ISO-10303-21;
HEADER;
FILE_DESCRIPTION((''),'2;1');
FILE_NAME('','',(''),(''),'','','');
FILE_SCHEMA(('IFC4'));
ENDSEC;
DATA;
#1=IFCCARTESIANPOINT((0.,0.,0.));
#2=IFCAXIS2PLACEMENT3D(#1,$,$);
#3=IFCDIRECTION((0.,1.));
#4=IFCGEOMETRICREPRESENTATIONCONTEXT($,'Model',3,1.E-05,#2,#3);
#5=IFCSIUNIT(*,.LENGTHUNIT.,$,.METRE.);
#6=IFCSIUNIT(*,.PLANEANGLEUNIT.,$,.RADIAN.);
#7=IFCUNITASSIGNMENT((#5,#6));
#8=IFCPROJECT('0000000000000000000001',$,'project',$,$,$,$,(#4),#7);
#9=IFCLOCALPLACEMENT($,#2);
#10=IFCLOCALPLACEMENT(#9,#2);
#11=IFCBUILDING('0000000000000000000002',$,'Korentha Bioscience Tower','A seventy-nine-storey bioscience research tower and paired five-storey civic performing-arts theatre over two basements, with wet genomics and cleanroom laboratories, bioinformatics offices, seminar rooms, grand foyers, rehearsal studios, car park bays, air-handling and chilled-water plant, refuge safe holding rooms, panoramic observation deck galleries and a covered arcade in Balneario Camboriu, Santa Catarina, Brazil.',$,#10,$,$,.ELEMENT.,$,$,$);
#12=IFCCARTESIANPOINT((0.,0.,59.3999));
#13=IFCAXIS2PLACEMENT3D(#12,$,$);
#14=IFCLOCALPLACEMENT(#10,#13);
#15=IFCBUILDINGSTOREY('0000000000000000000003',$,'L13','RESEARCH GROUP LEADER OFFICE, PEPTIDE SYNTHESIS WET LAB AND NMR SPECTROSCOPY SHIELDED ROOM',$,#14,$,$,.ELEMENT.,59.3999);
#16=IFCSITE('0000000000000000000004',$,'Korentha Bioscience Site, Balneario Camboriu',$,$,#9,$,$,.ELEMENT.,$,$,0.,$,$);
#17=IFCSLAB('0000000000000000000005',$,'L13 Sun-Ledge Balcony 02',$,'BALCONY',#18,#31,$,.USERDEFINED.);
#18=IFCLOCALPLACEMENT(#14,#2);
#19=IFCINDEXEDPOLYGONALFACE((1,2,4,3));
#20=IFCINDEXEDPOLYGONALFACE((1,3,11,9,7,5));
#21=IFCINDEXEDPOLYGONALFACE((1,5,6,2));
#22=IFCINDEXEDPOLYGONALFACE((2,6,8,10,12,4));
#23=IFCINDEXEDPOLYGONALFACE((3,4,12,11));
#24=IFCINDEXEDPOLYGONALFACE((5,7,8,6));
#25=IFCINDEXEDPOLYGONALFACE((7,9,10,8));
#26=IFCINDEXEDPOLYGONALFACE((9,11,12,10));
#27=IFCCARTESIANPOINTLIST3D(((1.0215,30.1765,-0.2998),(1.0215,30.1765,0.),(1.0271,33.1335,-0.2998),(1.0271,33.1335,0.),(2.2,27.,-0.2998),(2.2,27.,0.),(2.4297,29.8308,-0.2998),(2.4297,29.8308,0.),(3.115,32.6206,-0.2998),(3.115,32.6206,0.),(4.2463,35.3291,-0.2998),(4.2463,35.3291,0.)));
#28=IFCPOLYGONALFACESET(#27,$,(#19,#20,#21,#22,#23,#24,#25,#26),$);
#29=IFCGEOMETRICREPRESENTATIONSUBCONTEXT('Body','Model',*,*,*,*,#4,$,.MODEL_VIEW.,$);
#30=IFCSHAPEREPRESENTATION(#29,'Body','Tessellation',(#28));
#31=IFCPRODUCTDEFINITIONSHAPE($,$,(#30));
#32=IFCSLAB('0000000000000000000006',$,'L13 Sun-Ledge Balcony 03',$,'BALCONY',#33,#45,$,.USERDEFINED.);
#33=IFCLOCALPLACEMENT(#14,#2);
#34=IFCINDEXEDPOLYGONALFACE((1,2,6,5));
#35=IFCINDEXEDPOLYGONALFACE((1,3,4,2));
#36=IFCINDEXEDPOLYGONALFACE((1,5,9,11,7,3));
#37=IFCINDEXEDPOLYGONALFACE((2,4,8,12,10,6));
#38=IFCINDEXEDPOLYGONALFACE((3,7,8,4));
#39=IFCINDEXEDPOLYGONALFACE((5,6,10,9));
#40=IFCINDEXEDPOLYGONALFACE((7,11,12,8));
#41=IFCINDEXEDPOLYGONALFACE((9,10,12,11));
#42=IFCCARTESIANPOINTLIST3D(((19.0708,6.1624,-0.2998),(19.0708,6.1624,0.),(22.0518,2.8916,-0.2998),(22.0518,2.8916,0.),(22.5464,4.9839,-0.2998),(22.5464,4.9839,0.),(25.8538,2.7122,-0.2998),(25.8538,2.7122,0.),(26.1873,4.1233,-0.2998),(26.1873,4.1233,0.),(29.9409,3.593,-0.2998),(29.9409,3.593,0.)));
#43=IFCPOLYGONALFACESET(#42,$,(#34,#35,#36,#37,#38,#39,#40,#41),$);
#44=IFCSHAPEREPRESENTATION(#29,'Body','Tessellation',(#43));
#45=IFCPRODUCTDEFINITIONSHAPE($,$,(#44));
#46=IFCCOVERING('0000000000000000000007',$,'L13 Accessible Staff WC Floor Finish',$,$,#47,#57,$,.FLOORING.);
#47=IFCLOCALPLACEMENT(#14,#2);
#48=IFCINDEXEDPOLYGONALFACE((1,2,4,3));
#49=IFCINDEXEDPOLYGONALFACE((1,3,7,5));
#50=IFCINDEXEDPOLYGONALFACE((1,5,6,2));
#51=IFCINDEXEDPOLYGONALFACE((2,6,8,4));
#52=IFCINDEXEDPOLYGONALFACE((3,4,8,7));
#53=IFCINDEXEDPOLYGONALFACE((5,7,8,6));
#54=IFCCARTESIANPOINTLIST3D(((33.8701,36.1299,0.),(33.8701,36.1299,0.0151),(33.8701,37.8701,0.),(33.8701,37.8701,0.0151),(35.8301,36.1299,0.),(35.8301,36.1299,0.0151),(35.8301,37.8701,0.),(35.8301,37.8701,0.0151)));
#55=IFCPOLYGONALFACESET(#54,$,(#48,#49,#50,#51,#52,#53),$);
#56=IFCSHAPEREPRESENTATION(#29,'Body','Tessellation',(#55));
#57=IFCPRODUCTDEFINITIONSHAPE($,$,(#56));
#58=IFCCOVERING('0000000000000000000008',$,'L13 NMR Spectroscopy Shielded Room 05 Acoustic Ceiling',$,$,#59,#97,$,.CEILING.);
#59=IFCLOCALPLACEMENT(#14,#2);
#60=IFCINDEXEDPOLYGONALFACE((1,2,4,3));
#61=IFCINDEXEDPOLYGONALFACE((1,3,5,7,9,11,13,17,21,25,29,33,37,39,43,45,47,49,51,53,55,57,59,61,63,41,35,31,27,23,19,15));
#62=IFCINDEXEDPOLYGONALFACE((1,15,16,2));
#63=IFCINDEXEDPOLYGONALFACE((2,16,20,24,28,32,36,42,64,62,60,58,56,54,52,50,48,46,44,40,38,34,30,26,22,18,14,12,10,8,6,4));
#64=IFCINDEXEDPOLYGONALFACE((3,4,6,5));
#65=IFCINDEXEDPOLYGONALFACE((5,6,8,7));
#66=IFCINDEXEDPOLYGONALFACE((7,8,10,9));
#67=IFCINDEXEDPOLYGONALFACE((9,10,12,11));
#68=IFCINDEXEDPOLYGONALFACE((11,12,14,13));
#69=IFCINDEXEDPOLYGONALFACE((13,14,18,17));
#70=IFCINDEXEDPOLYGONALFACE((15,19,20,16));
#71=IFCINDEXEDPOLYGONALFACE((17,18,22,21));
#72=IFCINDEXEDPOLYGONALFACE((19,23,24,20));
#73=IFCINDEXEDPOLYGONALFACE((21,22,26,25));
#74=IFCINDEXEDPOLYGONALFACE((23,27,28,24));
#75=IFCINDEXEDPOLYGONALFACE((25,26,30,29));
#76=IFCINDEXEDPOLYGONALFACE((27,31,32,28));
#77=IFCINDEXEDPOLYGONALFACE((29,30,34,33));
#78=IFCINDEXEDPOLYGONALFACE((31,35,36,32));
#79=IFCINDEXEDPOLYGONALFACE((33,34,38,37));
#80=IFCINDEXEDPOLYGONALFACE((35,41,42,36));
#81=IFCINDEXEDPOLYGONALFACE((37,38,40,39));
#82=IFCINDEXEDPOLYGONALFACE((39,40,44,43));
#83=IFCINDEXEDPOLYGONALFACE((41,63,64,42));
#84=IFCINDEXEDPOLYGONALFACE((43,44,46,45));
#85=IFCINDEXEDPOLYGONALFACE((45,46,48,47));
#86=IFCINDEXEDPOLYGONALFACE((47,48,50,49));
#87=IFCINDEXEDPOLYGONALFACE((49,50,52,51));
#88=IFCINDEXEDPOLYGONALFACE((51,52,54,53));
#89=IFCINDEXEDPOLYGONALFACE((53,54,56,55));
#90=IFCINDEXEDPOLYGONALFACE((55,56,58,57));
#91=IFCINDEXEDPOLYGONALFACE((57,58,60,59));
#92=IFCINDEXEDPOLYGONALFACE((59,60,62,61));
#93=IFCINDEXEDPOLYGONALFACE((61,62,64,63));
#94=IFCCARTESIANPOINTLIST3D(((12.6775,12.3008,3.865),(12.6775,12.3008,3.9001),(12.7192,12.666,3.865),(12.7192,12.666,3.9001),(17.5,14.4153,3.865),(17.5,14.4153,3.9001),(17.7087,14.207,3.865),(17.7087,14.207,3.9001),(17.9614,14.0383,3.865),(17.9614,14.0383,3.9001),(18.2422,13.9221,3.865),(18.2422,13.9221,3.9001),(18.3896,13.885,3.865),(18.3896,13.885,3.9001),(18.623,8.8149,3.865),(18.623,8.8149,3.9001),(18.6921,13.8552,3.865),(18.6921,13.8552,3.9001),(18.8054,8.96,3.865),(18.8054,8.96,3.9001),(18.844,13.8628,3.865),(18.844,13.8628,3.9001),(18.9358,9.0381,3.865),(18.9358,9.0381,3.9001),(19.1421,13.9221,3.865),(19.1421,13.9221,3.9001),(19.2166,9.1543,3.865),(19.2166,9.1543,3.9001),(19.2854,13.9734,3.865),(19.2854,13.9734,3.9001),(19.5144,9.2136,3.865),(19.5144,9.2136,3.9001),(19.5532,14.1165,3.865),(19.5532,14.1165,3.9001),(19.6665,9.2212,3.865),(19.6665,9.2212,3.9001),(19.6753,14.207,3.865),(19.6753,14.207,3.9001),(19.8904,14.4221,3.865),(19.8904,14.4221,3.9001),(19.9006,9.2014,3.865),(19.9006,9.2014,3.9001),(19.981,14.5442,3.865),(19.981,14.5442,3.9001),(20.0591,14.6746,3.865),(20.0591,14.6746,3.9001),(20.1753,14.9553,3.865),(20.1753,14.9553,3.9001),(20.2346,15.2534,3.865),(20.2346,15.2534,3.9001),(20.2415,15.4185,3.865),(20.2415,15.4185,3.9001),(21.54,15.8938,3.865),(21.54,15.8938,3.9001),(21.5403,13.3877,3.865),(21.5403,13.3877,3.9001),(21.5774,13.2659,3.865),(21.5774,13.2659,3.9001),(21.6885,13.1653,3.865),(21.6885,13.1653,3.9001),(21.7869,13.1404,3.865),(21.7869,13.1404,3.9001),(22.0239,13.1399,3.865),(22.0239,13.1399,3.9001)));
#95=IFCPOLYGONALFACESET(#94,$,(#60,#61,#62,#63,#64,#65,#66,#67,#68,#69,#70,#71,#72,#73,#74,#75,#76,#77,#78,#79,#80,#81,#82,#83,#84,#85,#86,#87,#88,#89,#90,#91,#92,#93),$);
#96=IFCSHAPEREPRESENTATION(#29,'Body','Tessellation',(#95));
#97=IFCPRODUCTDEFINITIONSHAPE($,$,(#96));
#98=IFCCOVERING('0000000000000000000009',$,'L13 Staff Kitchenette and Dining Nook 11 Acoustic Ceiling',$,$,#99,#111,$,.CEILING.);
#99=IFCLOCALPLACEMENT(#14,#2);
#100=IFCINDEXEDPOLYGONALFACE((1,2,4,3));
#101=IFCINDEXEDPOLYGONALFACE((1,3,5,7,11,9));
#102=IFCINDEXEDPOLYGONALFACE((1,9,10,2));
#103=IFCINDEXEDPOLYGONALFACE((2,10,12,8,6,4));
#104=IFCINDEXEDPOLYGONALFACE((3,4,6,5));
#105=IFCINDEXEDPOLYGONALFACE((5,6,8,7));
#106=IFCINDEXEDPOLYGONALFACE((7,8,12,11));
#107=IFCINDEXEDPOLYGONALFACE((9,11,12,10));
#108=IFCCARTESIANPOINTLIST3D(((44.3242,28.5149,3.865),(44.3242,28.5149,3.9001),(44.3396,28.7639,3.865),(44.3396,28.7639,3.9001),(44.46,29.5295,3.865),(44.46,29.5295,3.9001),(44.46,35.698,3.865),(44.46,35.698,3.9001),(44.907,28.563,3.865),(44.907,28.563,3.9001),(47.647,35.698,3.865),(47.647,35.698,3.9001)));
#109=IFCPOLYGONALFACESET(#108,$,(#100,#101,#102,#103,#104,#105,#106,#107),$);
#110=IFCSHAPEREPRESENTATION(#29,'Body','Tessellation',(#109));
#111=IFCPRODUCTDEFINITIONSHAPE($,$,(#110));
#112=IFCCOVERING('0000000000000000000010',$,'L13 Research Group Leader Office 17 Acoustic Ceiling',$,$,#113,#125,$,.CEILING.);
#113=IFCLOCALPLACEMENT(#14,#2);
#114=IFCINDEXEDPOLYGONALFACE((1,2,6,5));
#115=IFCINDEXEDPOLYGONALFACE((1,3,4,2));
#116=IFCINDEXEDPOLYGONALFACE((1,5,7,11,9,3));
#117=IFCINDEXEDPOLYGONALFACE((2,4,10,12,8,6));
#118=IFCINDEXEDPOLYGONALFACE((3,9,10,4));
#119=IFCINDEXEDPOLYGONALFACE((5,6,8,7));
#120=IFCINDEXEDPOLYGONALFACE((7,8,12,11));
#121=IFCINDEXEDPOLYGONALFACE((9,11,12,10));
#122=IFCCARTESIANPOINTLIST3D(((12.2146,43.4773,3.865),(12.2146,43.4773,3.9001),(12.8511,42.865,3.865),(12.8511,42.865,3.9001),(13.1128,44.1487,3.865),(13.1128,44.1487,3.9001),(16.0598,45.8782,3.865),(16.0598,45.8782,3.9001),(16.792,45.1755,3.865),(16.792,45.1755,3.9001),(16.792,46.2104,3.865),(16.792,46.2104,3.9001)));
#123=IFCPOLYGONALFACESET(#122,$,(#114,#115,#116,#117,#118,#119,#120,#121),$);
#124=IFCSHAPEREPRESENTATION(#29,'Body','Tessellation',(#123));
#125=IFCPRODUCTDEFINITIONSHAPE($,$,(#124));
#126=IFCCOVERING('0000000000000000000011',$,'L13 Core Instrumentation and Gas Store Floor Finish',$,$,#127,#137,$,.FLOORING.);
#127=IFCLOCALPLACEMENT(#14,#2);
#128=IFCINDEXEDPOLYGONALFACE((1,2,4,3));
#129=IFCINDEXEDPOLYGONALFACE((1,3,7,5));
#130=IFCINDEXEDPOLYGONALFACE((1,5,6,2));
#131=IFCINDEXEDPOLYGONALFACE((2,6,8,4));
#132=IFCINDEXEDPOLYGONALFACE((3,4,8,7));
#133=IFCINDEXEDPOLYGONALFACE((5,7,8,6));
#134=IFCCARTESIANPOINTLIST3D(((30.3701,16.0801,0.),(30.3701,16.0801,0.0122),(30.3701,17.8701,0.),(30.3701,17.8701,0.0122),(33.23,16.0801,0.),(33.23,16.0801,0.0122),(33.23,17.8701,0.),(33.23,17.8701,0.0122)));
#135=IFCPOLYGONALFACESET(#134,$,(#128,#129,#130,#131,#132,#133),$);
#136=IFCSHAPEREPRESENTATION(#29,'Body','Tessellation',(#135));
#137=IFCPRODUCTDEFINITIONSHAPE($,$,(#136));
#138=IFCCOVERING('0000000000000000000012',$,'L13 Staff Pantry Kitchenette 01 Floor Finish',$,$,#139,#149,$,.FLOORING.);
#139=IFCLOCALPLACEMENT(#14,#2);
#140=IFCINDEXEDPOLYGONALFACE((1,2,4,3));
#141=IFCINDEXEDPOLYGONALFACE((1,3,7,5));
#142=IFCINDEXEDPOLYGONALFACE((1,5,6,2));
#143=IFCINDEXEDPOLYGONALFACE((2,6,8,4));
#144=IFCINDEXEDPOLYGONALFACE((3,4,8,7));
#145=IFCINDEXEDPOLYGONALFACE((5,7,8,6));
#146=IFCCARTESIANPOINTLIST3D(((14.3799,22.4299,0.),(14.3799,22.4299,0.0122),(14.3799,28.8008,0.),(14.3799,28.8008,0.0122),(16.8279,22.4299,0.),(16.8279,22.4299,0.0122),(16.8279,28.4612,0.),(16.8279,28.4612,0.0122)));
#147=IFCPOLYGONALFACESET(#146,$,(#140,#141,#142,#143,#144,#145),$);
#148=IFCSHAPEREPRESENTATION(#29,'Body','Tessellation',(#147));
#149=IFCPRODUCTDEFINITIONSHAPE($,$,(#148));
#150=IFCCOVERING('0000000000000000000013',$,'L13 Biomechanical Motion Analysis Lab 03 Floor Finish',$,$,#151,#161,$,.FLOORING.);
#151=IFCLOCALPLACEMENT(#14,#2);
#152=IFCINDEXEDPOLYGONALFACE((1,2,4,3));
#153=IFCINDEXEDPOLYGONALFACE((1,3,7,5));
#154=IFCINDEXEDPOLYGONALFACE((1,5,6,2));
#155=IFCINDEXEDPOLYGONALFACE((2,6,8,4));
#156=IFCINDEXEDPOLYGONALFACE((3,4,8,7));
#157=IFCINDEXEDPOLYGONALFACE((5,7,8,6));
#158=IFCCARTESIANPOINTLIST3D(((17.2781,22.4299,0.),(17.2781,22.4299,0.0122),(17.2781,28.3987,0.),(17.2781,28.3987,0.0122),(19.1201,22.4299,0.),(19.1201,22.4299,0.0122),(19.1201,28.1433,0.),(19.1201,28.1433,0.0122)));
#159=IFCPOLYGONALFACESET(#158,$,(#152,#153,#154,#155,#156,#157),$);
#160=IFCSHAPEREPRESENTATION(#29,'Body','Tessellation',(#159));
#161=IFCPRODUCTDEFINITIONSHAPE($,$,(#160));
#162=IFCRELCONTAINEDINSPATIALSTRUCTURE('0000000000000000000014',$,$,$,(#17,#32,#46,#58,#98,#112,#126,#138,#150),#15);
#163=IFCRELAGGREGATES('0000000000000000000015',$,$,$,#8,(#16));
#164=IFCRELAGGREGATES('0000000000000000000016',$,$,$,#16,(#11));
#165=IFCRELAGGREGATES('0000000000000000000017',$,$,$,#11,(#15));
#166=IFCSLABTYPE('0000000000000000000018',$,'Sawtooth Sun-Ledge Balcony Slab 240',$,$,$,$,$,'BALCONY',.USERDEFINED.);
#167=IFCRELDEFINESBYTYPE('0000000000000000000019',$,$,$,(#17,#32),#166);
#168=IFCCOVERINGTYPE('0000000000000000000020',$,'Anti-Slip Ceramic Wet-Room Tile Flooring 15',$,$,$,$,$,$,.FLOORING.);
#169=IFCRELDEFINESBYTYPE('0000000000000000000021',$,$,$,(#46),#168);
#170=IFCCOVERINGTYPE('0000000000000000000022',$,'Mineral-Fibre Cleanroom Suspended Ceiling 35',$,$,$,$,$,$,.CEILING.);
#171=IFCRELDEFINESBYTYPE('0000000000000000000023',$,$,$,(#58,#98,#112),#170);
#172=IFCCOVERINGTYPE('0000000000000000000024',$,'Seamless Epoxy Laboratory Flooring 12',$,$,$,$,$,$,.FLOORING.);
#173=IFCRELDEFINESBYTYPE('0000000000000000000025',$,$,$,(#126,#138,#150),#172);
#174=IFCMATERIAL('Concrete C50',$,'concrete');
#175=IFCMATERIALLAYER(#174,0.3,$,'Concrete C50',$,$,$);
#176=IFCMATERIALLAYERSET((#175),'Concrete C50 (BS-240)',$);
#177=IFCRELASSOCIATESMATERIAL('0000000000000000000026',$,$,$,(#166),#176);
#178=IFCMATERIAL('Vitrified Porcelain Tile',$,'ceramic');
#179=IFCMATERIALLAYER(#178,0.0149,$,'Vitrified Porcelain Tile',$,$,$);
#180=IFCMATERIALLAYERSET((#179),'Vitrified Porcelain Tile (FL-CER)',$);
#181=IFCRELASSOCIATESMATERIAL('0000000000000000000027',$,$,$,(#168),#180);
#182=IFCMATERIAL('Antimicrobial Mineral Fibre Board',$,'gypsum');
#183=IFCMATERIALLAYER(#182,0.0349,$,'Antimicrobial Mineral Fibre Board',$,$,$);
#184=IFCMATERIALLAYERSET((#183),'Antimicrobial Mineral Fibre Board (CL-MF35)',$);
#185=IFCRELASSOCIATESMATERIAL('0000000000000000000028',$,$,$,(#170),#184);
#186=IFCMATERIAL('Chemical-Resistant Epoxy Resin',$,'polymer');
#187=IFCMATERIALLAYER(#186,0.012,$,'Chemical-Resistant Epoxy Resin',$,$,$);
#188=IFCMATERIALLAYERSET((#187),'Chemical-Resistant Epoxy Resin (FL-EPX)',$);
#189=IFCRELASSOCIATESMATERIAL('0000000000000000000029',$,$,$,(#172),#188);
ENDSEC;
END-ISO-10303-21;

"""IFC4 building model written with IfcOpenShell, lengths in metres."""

from ifc_helpers import new_model, si_unit, direction, frame, origin, place, context, subcontext, project, spatial, polyline, outline, extrude, material, layer, layer_set, type_object, element, save


model = new_model("IFC4")

# Units and contexts
model_context = context("Model", 3, precision=1e-05, world=origin(), true_north=direction((0.0, 1.0)))
body_context = subcontext(model_context, "Body", "Model", "MODEL_VIEW")
ifc_project = project(units=[si_unit("LENGTHUNIT", "METRE"), si_unit("PLANEANGLEUNIT", "RADIAN")], contexts=[model_context])

# Site, building, storey
site_placement = place(None, origin())
site = spatial("IfcSite", under=ifc_project, at=site_placement, Name="Korentha Bioscience Site, Balneario Camboriu", CompositionType="ELEMENT", RefElevation=0.0)
building_placement = place(site_placement, origin())
building = spatial("IfcBuilding", under=site, at=building_placement, Name="Korentha Bioscience Tower", Description="A seventy-nine-storey bioscience research tower and paired five-storey civic performing-arts theatre over two basements, with wet genomics and cleanroom laboratories, bioinformatics offices, seminar rooms, grand foyers, rehearsal studios, car park bays, air-handling and chilled-water plant, refuge safe holding rooms, panoramic observation deck galleries and a covered arcade in Balneario Camboriu, Santa Catarina, Brazil.", CompositionType="ELEMENT")
storey_placement = place(building_placement, frame((0.0, 0.0, 59.3999)))
storey = spatial("IfcBuildingStorey", under=building, at=storey_placement, Name="L13", Description="RESEARCH GROUP LEADER OFFICE, PEPTIDE SYNTHESIS WET LAB AND NMR SPECTROSCOPY SHIELDED ROOM", CompositionType="ELEMENT", Elevation=59.3999)

# Shared definitions
ifc_material_1 = material(Name="Concrete C50", Category="concrete")

# Slabs
ifc_layer_1 = layer(ifc_material_1, 0.3, Name="Concrete C50")
ifc_layer_set_1 = layer_set([ifc_layer_1], Name="Concrete C50 (BS-240)")
slab_type_1 = type_object("IfcSlabType", Name="Sawtooth Sun-Ledge Balcony Slab 240", ElementType="BALCONY", PredefinedType="USERDEFINED", material=ifc_layer_set_1)
slab_1_placement = place(storey_placement, frame((0.0, 0.0, -0.2998)))
element("IfcSlab", 1, at=slab_1_placement, inside=storey, type_object=slab_type_1, Name="L13 Sun-Ledge Balcony 02", ObjectType="BALCONY", PredefinedType="USERDEFINED", context=body_context, shape_type="SweptSolid", body=[
    extrude(outline(polyline([(2.2, 27.0), (2.4297, 29.8308), (3.115, 32.6206), (4.2463, 35.3291), (1.0271, 33.1335), (1.0215, 30.1765), (2.2, 27.0)])), origin(), (0.0, 0.0, 1.0), 0.2998),
])
slab_2_placement = place(storey_placement, frame((0.0, 0.0, -0.2998)))
element("IfcSlab", 2, at=slab_2_placement, inside=storey, type_object=slab_type_1, Name="L13 Sun-Ledge Balcony 03", ObjectType="BALCONY", PredefinedType="USERDEFINED", context=body_context, shape_type="SweptSolid", body=[
    extrude(outline(polyline([(29.9409, 3.593), (26.1873, 4.1233), (22.5464, 4.9839), (19.0708, 6.1624), (22.0518, 2.8916), (25.8538, 2.7122), (29.9409, 3.593)])), origin(), (0.0, 0.0, 1.0), 0.2998),
])

# Coverings
ifc_material_2 = material(Name="Vitrified Porcelain Tile", Category="ceramic")
ifc_layer_2 = layer(ifc_material_2, 0.0149, Name="Vitrified Porcelain Tile")
ifc_layer_set_2 = layer_set([ifc_layer_2], Name="Vitrified Porcelain Tile (FL-CER)")
covering_type_1 = type_object("IfcCoveringType", Name="Anti-Slip Ceramic Wet-Room Tile Flooring 15", PredefinedType="FLOORING", material=ifc_layer_set_2)
covering_1_placement = place(storey_placement, origin())
element("IfcCovering", 3, at=covering_1_placement, inside=storey, type_object=covering_type_1, Name="L13 Accessible Staff WC Floor Finish", PredefinedType="FLOORING", context=body_context, shape_type="SweptSolid", body=[
    extrude(outline(polyline([(33.8701, 36.1299), (33.8701, 37.8701), (35.8301, 37.8701), (35.8301, 36.1299), (33.8701, 36.1299)])), origin(), (0.0, 0.0, 1.0), 0.0151),
])
ifc_material_3 = material(Name="Antimicrobial Mineral Fibre Board", Category="gypsum")
ifc_layer_3 = layer(ifc_material_3, 0.0349, Name="Antimicrobial Mineral Fibre Board")
ifc_layer_set_3 = layer_set([ifc_layer_3], Name="Antimicrobial Mineral Fibre Board (CL-MF35)")
covering_type_2 = type_object("IfcCoveringType", Name="Mineral-Fibre Cleanroom Suspended Ceiling 35", PredefinedType="CEILING", material=ifc_layer_set_3)
covering_2_placement = place(storey_placement, frame((0.0, 0.0, 3.865)))
element("IfcCovering", 4, at=covering_2_placement, inside=storey, type_object=covering_type_2, Name="L13 NMR Spectroscopy Shielded Room 05 Acoustic Ceiling", PredefinedType="CEILING", context=body_context, shape_type="SweptSolid", body=[
    extrude(outline(polyline([(21.5403, 13.3877), (21.5774, 13.2659), (21.6885, 13.1653), (21.7869, 13.1404), (22.0239, 13.1399), (19.9006, 9.2014), (19.6665, 9.2212), (19.5144, 9.2136), (19.2166, 9.1543), (18.9358, 9.0381), (18.8054, 8.96), (18.623, 8.8149), (12.6775, 12.3008), (12.7192, 12.666), (17.5, 14.4153), (17.7087, 14.207), (17.9614, 14.0383), (18.2422, 13.9221), (18.3896, 13.885), (18.6921, 13.8552), (18.844, 13.8628), (19.1421, 13.9221), (19.2854, 13.9734), (19.5532, 14.1165), (19.6753, 14.207), (19.8904, 14.4221), (19.981, 14.5442), (20.0591, 14.6746), (20.1753, 14.9553), (20.2346, 15.2534), (20.2415, 15.4185), (21.54, 15.8938), (21.5403, 13.3877)])), origin(), (0.0, 0.0, 1.0), 0.0352),
])
covering_3_placement = place(storey_placement, frame((0.0, 0.0, 3.865)))
element("IfcCovering", 5, at=covering_3_placement, inside=storey, type_object=covering_type_2, Name="L13 Staff Kitchenette and Dining Nook 11 Acoustic Ceiling", PredefinedType="CEILING", context=body_context, shape_type="SweptSolid", body=[
    extrude(outline(polyline([(44.3396, 28.7639), (44.46, 29.5295), (44.46, 35.698), (47.647, 35.698), (44.907, 28.563), (44.3242, 28.5149), (44.3396, 28.7639)])), origin(), (0.0, 0.0, 1.0), 0.0352),
])
covering_4_placement = place(storey_placement, frame((0.0, 0.0, 3.865)))
element("IfcCovering", 6, at=covering_4_placement, inside=storey, type_object=covering_type_2, Name="L13 Research Group Leader Office 17 Acoustic Ceiling", PredefinedType="CEILING", context=body_context, shape_type="SweptSolid", body=[
    extrude(outline(polyline([(12.8511, 42.865), (12.2146, 43.4773), (13.1128, 44.1487), (16.0598, 45.8782), (16.792, 46.2104), (16.792, 45.1755), (12.8511, 42.865)])), origin(), (0.0, 0.0, 1.0), 0.0352),
])
ifc_material_4 = material(Name="Chemical-Resistant Epoxy Resin", Category="polymer")
ifc_layer_4 = layer(ifc_material_4, 0.012, Name="Chemical-Resistant Epoxy Resin")
ifc_layer_set_4 = layer_set([ifc_layer_4], Name="Chemical-Resistant Epoxy Resin (FL-EPX)")
covering_type_3 = type_object("IfcCoveringType", Name="Seamless Epoxy Laboratory Flooring 12", PredefinedType="FLOORING", material=ifc_layer_set_4)
covering_5_placement = place(storey_placement, origin())
element("IfcCovering", 7, at=covering_5_placement, inside=storey, type_object=covering_type_3, Name="L13 Core Instrumentation and Gas Store Floor Finish", PredefinedType="FLOORING", context=body_context, shape_type="SweptSolid", body=[
    extrude(outline(polyline([(30.3701, 16.0801), (30.3701, 17.8701), (33.23, 17.8701), (33.23, 16.0801), (30.3701, 16.0801)])), origin(), (0.0, 0.0, 1.0), 0.0122),
])
covering_6_placement = place(storey_placement, origin())
element("IfcCovering", 8, at=covering_6_placement, inside=storey, type_object=covering_type_3, Name="L13 Staff Pantry Kitchenette 01 Floor Finish", PredefinedType="FLOORING", context=body_context, shape_type="SweptSolid", body=[
    extrude(outline(polyline([(16.8279, 28.4612), (16.8279, 22.4299), (14.3799, 22.4299), (14.3799, 28.8008), (16.8279, 28.4612)])), origin(), (0.0, 0.0, 1.0), 0.0122),
])
covering_7_placement = place(storey_placement, origin())
element("IfcCovering", 9, at=covering_7_placement, inside=storey, type_object=covering_type_3, Name="L13 Biomechanical Motion Analysis Lab 03 Floor Finish", PredefinedType="FLOORING", context=body_context, shape_type="SweptSolid", body=[
    extrude(outline(polyline([(17.2781, 22.4299), (17.2781, 28.3987), (19.1201, 28.1433), (19.1201, 22.4299), (17.2781, 22.4299)])), origin(), (0.0, 0.0, 1.0), 0.0122),
])

save(model, "model.ifc")
